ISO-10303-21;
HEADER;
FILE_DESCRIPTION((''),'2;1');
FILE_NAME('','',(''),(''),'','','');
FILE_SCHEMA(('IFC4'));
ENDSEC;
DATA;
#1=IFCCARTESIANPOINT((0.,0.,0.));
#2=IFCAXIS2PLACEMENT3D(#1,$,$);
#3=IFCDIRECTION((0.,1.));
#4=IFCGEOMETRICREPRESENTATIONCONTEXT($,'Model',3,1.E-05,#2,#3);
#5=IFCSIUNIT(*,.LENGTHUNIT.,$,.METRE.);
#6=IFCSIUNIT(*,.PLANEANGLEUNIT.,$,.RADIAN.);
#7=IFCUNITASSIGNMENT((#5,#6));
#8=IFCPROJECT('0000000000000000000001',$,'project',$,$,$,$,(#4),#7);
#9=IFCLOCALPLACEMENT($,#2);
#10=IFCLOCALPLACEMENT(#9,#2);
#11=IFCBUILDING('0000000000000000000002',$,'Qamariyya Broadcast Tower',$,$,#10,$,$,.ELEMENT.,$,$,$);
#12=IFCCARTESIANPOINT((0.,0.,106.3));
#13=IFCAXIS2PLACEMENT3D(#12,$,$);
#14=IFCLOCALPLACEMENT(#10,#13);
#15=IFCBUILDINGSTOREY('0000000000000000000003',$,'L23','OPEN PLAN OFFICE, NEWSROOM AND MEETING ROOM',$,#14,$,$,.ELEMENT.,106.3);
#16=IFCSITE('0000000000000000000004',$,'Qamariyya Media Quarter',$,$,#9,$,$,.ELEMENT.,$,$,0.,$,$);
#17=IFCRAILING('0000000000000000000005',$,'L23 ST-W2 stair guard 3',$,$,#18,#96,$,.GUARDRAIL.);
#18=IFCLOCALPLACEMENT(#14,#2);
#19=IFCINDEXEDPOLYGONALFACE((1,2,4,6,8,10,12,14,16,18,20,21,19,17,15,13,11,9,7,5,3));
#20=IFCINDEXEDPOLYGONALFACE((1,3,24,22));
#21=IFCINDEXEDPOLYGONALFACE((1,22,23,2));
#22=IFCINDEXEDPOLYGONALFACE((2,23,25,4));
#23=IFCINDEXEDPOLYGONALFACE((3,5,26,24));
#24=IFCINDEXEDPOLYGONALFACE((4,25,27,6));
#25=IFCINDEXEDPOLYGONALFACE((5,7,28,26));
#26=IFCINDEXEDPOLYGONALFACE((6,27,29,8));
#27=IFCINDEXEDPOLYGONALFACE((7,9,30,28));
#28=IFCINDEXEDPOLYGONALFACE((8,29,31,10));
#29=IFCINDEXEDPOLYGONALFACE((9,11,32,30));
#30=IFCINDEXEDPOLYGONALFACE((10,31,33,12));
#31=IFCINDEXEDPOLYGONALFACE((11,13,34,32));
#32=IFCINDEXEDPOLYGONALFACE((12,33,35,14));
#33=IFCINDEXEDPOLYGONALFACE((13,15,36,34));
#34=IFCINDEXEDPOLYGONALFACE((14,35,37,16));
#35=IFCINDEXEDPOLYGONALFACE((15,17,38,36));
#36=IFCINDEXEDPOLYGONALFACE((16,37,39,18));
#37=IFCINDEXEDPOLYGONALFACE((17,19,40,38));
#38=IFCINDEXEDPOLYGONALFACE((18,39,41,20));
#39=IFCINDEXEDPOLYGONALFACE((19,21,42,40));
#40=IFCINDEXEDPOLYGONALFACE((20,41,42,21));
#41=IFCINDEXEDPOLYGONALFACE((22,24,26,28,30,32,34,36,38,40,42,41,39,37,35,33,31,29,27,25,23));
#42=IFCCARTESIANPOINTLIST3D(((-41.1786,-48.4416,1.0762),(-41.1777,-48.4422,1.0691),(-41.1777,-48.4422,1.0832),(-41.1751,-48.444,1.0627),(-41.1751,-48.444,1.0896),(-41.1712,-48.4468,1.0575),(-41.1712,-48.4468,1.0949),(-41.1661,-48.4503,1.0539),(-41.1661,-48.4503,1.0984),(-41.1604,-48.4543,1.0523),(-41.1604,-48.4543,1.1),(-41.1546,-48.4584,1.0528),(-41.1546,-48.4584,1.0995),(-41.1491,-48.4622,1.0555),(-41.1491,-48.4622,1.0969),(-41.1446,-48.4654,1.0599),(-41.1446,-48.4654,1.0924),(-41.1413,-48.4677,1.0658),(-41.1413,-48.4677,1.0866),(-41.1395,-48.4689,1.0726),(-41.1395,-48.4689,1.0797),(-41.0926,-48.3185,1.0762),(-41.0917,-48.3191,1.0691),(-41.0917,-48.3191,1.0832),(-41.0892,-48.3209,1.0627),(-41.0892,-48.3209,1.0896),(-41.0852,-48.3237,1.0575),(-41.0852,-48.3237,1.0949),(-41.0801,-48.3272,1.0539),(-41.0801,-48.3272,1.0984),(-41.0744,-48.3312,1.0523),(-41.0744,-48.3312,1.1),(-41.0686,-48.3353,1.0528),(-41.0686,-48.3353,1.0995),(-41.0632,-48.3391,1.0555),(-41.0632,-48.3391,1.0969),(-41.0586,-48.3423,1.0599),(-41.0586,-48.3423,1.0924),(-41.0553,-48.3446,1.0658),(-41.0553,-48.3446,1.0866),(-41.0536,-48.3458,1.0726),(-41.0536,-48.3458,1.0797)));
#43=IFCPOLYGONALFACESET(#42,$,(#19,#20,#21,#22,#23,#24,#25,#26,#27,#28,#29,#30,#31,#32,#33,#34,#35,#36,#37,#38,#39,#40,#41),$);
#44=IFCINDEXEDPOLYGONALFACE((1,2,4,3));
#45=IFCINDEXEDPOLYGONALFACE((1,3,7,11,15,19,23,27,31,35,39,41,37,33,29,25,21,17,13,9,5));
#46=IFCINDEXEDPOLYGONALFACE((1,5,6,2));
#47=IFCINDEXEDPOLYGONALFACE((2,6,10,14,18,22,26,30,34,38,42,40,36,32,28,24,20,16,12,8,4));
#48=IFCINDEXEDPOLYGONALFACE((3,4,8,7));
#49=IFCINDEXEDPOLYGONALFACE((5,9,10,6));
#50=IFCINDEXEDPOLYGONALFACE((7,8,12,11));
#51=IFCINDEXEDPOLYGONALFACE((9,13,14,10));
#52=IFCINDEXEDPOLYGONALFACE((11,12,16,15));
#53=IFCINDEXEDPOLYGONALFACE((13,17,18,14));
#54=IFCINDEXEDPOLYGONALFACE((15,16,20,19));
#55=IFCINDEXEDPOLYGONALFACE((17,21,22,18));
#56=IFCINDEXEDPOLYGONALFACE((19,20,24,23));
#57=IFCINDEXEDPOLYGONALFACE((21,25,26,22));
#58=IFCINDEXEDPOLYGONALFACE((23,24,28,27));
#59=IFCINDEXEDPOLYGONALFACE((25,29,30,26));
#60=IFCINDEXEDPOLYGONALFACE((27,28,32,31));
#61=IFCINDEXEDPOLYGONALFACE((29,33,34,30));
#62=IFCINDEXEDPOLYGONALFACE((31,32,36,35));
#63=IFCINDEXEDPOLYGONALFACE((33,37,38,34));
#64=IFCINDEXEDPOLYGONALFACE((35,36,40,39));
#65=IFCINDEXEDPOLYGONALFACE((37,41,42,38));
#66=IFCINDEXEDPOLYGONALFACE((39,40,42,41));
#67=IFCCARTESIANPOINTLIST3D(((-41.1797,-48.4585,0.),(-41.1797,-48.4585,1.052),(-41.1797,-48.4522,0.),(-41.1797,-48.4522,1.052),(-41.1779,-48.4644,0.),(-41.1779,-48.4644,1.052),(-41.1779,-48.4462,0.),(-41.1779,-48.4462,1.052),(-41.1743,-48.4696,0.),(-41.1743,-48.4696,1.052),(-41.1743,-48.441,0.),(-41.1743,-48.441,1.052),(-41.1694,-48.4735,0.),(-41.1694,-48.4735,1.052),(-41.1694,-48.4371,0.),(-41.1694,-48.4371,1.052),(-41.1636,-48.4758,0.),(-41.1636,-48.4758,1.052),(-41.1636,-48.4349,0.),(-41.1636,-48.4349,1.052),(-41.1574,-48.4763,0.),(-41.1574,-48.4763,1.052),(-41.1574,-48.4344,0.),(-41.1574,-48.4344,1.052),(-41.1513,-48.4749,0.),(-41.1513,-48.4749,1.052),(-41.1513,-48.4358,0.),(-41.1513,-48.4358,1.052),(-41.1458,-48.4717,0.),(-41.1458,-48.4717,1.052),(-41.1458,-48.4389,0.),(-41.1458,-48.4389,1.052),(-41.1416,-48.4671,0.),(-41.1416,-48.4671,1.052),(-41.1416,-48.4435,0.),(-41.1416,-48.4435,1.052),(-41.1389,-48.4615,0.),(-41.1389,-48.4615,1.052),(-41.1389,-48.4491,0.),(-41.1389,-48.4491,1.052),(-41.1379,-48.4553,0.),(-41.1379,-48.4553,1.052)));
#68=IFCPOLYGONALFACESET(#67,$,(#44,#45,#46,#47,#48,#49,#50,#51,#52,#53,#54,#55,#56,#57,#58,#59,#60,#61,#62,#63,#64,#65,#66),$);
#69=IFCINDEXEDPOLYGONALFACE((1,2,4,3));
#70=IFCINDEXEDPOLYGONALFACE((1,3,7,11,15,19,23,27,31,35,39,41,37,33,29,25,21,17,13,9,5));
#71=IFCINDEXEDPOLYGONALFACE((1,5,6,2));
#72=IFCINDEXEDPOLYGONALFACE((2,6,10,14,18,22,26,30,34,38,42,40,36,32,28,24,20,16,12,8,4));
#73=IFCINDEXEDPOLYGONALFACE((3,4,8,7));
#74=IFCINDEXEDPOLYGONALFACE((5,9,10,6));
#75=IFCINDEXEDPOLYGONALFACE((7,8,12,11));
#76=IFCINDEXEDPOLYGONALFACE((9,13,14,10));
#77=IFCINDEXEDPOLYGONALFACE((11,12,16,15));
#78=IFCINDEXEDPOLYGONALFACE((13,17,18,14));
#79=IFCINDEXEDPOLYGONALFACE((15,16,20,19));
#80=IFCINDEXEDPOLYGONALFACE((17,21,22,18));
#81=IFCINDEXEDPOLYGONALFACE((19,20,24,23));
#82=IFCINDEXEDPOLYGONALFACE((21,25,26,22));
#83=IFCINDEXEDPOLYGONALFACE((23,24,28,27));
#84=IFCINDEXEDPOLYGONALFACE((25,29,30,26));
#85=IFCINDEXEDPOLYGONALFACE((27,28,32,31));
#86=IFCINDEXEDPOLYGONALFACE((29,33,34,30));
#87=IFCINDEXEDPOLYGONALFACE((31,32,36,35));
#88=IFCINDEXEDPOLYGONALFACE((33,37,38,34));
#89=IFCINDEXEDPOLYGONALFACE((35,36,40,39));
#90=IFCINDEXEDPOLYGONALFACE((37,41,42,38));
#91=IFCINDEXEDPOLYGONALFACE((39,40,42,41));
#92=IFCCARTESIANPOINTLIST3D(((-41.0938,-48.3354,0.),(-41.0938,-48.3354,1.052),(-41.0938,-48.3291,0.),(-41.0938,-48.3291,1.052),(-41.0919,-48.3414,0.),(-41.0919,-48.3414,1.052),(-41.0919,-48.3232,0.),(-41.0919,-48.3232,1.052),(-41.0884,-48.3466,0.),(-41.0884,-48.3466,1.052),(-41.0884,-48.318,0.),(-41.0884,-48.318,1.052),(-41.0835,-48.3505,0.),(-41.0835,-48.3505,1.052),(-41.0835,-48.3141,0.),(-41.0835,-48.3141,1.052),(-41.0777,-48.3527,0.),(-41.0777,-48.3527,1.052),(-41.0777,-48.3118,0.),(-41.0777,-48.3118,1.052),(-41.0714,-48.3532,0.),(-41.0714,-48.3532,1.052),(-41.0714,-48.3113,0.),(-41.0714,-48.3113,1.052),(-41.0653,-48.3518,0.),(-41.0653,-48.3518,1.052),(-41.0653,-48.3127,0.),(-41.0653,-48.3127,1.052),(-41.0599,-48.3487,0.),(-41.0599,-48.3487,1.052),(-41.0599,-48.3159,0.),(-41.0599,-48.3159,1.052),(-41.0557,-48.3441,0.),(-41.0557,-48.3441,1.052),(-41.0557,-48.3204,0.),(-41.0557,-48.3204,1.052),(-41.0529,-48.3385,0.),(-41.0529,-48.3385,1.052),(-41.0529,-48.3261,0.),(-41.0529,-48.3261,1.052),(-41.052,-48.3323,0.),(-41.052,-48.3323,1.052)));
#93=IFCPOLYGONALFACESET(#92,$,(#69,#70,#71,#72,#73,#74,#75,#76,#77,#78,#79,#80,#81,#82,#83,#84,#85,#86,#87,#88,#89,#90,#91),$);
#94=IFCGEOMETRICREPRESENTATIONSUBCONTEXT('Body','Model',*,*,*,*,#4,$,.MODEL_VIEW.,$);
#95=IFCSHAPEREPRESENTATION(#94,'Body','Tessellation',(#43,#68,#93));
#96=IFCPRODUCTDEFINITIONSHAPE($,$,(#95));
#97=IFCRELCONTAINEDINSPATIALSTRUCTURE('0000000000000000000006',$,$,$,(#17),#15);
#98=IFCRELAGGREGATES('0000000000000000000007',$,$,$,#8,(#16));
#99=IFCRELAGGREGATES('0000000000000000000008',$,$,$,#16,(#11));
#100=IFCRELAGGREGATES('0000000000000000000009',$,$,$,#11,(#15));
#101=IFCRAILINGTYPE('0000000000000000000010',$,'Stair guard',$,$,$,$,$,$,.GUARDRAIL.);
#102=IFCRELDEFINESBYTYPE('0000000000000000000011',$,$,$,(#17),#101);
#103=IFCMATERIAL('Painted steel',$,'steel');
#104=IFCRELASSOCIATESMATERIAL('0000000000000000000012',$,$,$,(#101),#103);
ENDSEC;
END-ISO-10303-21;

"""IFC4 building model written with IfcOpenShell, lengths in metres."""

from ifc_helpers import new_model, si_unit, direction, frame, origin, origin_2d, place, context, subcontext, project, spatial, circle, extrude, material, type_object, element, save


model = new_model("IFC4")

# Units and contexts
model_context = context("Model", 3, precision=1e-05, world=origin(), true_north=direction((0.0, 1.0)))
body_context = subcontext(model_context, "Body", "Model", "MODEL_VIEW")
ifc_project = project(units=[si_unit("LENGTHUNIT", "METRE"), si_unit("PLANEANGLEUNIT", "RADIAN")], contexts=[model_context])

# Site, building, storey
site_placement = place(None, origin())
site = spatial("IfcSite", under=ifc_project, at=site_placement, Name="Qamariyya Media Quarter", CompositionType="ELEMENT", RefElevation=0.0)
building_placement = place(site_placement, origin())
building = spatial("IfcBuilding", under=site, at=building_placement, Name="Qamariyya Broadcast Tower", CompositionType="ELEMENT")
storey_placement = place(building_placement, frame((0.0, 0.0, 106.3)))
storey = spatial("IfcBuildingStorey", under=building, at=storey_placement, Name="L23", Description="OPEN PLAN OFFICE, NEWSROOM AND MEETING ROOM", CompositionType="ELEMENT", Elevation=106.3)

# Railing
ifc_material_1 = material(Name="Painted steel", Category="steel")
railing_type_1 = type_object("IfcRailingType", Name="Stair guard", PredefinedType="GUARDRAIL", material=ifc_material_1)
railing_1_placement = place(storey_placement, frame((-41.1589, -48.4553, 0.0)))
element("IfcRailing", 1, at=railing_1_placement, inside=storey, type_object=railing_type_1, Name="L23 ST-W2 stair guard 3", PredefinedType="GUARDRAIL", context=body_context, shape_type="SweptSolid", body=[
    extrude(circle(Radius=0.0239, at=origin_2d()), frame((0.0, 0.0, 1.0762), z_axis=(0.572589, 0.819843, 0.0), x_axis=(-0.819843, 0.572589, 0.0)), (0.0, 0.0, 1.0), 0.1501),
    extrude(circle(Radius=0.021, at=origin_2d()), origin(), (0.0, 0.0, 1.0), 1.052),
    extrude(circle(Radius=0.021, at=origin_2d()), frame((0.0859, 0.123, 0.0)), (0.0, 0.0, 1.0), 1.052),
])

save(model, "model.ifc")
